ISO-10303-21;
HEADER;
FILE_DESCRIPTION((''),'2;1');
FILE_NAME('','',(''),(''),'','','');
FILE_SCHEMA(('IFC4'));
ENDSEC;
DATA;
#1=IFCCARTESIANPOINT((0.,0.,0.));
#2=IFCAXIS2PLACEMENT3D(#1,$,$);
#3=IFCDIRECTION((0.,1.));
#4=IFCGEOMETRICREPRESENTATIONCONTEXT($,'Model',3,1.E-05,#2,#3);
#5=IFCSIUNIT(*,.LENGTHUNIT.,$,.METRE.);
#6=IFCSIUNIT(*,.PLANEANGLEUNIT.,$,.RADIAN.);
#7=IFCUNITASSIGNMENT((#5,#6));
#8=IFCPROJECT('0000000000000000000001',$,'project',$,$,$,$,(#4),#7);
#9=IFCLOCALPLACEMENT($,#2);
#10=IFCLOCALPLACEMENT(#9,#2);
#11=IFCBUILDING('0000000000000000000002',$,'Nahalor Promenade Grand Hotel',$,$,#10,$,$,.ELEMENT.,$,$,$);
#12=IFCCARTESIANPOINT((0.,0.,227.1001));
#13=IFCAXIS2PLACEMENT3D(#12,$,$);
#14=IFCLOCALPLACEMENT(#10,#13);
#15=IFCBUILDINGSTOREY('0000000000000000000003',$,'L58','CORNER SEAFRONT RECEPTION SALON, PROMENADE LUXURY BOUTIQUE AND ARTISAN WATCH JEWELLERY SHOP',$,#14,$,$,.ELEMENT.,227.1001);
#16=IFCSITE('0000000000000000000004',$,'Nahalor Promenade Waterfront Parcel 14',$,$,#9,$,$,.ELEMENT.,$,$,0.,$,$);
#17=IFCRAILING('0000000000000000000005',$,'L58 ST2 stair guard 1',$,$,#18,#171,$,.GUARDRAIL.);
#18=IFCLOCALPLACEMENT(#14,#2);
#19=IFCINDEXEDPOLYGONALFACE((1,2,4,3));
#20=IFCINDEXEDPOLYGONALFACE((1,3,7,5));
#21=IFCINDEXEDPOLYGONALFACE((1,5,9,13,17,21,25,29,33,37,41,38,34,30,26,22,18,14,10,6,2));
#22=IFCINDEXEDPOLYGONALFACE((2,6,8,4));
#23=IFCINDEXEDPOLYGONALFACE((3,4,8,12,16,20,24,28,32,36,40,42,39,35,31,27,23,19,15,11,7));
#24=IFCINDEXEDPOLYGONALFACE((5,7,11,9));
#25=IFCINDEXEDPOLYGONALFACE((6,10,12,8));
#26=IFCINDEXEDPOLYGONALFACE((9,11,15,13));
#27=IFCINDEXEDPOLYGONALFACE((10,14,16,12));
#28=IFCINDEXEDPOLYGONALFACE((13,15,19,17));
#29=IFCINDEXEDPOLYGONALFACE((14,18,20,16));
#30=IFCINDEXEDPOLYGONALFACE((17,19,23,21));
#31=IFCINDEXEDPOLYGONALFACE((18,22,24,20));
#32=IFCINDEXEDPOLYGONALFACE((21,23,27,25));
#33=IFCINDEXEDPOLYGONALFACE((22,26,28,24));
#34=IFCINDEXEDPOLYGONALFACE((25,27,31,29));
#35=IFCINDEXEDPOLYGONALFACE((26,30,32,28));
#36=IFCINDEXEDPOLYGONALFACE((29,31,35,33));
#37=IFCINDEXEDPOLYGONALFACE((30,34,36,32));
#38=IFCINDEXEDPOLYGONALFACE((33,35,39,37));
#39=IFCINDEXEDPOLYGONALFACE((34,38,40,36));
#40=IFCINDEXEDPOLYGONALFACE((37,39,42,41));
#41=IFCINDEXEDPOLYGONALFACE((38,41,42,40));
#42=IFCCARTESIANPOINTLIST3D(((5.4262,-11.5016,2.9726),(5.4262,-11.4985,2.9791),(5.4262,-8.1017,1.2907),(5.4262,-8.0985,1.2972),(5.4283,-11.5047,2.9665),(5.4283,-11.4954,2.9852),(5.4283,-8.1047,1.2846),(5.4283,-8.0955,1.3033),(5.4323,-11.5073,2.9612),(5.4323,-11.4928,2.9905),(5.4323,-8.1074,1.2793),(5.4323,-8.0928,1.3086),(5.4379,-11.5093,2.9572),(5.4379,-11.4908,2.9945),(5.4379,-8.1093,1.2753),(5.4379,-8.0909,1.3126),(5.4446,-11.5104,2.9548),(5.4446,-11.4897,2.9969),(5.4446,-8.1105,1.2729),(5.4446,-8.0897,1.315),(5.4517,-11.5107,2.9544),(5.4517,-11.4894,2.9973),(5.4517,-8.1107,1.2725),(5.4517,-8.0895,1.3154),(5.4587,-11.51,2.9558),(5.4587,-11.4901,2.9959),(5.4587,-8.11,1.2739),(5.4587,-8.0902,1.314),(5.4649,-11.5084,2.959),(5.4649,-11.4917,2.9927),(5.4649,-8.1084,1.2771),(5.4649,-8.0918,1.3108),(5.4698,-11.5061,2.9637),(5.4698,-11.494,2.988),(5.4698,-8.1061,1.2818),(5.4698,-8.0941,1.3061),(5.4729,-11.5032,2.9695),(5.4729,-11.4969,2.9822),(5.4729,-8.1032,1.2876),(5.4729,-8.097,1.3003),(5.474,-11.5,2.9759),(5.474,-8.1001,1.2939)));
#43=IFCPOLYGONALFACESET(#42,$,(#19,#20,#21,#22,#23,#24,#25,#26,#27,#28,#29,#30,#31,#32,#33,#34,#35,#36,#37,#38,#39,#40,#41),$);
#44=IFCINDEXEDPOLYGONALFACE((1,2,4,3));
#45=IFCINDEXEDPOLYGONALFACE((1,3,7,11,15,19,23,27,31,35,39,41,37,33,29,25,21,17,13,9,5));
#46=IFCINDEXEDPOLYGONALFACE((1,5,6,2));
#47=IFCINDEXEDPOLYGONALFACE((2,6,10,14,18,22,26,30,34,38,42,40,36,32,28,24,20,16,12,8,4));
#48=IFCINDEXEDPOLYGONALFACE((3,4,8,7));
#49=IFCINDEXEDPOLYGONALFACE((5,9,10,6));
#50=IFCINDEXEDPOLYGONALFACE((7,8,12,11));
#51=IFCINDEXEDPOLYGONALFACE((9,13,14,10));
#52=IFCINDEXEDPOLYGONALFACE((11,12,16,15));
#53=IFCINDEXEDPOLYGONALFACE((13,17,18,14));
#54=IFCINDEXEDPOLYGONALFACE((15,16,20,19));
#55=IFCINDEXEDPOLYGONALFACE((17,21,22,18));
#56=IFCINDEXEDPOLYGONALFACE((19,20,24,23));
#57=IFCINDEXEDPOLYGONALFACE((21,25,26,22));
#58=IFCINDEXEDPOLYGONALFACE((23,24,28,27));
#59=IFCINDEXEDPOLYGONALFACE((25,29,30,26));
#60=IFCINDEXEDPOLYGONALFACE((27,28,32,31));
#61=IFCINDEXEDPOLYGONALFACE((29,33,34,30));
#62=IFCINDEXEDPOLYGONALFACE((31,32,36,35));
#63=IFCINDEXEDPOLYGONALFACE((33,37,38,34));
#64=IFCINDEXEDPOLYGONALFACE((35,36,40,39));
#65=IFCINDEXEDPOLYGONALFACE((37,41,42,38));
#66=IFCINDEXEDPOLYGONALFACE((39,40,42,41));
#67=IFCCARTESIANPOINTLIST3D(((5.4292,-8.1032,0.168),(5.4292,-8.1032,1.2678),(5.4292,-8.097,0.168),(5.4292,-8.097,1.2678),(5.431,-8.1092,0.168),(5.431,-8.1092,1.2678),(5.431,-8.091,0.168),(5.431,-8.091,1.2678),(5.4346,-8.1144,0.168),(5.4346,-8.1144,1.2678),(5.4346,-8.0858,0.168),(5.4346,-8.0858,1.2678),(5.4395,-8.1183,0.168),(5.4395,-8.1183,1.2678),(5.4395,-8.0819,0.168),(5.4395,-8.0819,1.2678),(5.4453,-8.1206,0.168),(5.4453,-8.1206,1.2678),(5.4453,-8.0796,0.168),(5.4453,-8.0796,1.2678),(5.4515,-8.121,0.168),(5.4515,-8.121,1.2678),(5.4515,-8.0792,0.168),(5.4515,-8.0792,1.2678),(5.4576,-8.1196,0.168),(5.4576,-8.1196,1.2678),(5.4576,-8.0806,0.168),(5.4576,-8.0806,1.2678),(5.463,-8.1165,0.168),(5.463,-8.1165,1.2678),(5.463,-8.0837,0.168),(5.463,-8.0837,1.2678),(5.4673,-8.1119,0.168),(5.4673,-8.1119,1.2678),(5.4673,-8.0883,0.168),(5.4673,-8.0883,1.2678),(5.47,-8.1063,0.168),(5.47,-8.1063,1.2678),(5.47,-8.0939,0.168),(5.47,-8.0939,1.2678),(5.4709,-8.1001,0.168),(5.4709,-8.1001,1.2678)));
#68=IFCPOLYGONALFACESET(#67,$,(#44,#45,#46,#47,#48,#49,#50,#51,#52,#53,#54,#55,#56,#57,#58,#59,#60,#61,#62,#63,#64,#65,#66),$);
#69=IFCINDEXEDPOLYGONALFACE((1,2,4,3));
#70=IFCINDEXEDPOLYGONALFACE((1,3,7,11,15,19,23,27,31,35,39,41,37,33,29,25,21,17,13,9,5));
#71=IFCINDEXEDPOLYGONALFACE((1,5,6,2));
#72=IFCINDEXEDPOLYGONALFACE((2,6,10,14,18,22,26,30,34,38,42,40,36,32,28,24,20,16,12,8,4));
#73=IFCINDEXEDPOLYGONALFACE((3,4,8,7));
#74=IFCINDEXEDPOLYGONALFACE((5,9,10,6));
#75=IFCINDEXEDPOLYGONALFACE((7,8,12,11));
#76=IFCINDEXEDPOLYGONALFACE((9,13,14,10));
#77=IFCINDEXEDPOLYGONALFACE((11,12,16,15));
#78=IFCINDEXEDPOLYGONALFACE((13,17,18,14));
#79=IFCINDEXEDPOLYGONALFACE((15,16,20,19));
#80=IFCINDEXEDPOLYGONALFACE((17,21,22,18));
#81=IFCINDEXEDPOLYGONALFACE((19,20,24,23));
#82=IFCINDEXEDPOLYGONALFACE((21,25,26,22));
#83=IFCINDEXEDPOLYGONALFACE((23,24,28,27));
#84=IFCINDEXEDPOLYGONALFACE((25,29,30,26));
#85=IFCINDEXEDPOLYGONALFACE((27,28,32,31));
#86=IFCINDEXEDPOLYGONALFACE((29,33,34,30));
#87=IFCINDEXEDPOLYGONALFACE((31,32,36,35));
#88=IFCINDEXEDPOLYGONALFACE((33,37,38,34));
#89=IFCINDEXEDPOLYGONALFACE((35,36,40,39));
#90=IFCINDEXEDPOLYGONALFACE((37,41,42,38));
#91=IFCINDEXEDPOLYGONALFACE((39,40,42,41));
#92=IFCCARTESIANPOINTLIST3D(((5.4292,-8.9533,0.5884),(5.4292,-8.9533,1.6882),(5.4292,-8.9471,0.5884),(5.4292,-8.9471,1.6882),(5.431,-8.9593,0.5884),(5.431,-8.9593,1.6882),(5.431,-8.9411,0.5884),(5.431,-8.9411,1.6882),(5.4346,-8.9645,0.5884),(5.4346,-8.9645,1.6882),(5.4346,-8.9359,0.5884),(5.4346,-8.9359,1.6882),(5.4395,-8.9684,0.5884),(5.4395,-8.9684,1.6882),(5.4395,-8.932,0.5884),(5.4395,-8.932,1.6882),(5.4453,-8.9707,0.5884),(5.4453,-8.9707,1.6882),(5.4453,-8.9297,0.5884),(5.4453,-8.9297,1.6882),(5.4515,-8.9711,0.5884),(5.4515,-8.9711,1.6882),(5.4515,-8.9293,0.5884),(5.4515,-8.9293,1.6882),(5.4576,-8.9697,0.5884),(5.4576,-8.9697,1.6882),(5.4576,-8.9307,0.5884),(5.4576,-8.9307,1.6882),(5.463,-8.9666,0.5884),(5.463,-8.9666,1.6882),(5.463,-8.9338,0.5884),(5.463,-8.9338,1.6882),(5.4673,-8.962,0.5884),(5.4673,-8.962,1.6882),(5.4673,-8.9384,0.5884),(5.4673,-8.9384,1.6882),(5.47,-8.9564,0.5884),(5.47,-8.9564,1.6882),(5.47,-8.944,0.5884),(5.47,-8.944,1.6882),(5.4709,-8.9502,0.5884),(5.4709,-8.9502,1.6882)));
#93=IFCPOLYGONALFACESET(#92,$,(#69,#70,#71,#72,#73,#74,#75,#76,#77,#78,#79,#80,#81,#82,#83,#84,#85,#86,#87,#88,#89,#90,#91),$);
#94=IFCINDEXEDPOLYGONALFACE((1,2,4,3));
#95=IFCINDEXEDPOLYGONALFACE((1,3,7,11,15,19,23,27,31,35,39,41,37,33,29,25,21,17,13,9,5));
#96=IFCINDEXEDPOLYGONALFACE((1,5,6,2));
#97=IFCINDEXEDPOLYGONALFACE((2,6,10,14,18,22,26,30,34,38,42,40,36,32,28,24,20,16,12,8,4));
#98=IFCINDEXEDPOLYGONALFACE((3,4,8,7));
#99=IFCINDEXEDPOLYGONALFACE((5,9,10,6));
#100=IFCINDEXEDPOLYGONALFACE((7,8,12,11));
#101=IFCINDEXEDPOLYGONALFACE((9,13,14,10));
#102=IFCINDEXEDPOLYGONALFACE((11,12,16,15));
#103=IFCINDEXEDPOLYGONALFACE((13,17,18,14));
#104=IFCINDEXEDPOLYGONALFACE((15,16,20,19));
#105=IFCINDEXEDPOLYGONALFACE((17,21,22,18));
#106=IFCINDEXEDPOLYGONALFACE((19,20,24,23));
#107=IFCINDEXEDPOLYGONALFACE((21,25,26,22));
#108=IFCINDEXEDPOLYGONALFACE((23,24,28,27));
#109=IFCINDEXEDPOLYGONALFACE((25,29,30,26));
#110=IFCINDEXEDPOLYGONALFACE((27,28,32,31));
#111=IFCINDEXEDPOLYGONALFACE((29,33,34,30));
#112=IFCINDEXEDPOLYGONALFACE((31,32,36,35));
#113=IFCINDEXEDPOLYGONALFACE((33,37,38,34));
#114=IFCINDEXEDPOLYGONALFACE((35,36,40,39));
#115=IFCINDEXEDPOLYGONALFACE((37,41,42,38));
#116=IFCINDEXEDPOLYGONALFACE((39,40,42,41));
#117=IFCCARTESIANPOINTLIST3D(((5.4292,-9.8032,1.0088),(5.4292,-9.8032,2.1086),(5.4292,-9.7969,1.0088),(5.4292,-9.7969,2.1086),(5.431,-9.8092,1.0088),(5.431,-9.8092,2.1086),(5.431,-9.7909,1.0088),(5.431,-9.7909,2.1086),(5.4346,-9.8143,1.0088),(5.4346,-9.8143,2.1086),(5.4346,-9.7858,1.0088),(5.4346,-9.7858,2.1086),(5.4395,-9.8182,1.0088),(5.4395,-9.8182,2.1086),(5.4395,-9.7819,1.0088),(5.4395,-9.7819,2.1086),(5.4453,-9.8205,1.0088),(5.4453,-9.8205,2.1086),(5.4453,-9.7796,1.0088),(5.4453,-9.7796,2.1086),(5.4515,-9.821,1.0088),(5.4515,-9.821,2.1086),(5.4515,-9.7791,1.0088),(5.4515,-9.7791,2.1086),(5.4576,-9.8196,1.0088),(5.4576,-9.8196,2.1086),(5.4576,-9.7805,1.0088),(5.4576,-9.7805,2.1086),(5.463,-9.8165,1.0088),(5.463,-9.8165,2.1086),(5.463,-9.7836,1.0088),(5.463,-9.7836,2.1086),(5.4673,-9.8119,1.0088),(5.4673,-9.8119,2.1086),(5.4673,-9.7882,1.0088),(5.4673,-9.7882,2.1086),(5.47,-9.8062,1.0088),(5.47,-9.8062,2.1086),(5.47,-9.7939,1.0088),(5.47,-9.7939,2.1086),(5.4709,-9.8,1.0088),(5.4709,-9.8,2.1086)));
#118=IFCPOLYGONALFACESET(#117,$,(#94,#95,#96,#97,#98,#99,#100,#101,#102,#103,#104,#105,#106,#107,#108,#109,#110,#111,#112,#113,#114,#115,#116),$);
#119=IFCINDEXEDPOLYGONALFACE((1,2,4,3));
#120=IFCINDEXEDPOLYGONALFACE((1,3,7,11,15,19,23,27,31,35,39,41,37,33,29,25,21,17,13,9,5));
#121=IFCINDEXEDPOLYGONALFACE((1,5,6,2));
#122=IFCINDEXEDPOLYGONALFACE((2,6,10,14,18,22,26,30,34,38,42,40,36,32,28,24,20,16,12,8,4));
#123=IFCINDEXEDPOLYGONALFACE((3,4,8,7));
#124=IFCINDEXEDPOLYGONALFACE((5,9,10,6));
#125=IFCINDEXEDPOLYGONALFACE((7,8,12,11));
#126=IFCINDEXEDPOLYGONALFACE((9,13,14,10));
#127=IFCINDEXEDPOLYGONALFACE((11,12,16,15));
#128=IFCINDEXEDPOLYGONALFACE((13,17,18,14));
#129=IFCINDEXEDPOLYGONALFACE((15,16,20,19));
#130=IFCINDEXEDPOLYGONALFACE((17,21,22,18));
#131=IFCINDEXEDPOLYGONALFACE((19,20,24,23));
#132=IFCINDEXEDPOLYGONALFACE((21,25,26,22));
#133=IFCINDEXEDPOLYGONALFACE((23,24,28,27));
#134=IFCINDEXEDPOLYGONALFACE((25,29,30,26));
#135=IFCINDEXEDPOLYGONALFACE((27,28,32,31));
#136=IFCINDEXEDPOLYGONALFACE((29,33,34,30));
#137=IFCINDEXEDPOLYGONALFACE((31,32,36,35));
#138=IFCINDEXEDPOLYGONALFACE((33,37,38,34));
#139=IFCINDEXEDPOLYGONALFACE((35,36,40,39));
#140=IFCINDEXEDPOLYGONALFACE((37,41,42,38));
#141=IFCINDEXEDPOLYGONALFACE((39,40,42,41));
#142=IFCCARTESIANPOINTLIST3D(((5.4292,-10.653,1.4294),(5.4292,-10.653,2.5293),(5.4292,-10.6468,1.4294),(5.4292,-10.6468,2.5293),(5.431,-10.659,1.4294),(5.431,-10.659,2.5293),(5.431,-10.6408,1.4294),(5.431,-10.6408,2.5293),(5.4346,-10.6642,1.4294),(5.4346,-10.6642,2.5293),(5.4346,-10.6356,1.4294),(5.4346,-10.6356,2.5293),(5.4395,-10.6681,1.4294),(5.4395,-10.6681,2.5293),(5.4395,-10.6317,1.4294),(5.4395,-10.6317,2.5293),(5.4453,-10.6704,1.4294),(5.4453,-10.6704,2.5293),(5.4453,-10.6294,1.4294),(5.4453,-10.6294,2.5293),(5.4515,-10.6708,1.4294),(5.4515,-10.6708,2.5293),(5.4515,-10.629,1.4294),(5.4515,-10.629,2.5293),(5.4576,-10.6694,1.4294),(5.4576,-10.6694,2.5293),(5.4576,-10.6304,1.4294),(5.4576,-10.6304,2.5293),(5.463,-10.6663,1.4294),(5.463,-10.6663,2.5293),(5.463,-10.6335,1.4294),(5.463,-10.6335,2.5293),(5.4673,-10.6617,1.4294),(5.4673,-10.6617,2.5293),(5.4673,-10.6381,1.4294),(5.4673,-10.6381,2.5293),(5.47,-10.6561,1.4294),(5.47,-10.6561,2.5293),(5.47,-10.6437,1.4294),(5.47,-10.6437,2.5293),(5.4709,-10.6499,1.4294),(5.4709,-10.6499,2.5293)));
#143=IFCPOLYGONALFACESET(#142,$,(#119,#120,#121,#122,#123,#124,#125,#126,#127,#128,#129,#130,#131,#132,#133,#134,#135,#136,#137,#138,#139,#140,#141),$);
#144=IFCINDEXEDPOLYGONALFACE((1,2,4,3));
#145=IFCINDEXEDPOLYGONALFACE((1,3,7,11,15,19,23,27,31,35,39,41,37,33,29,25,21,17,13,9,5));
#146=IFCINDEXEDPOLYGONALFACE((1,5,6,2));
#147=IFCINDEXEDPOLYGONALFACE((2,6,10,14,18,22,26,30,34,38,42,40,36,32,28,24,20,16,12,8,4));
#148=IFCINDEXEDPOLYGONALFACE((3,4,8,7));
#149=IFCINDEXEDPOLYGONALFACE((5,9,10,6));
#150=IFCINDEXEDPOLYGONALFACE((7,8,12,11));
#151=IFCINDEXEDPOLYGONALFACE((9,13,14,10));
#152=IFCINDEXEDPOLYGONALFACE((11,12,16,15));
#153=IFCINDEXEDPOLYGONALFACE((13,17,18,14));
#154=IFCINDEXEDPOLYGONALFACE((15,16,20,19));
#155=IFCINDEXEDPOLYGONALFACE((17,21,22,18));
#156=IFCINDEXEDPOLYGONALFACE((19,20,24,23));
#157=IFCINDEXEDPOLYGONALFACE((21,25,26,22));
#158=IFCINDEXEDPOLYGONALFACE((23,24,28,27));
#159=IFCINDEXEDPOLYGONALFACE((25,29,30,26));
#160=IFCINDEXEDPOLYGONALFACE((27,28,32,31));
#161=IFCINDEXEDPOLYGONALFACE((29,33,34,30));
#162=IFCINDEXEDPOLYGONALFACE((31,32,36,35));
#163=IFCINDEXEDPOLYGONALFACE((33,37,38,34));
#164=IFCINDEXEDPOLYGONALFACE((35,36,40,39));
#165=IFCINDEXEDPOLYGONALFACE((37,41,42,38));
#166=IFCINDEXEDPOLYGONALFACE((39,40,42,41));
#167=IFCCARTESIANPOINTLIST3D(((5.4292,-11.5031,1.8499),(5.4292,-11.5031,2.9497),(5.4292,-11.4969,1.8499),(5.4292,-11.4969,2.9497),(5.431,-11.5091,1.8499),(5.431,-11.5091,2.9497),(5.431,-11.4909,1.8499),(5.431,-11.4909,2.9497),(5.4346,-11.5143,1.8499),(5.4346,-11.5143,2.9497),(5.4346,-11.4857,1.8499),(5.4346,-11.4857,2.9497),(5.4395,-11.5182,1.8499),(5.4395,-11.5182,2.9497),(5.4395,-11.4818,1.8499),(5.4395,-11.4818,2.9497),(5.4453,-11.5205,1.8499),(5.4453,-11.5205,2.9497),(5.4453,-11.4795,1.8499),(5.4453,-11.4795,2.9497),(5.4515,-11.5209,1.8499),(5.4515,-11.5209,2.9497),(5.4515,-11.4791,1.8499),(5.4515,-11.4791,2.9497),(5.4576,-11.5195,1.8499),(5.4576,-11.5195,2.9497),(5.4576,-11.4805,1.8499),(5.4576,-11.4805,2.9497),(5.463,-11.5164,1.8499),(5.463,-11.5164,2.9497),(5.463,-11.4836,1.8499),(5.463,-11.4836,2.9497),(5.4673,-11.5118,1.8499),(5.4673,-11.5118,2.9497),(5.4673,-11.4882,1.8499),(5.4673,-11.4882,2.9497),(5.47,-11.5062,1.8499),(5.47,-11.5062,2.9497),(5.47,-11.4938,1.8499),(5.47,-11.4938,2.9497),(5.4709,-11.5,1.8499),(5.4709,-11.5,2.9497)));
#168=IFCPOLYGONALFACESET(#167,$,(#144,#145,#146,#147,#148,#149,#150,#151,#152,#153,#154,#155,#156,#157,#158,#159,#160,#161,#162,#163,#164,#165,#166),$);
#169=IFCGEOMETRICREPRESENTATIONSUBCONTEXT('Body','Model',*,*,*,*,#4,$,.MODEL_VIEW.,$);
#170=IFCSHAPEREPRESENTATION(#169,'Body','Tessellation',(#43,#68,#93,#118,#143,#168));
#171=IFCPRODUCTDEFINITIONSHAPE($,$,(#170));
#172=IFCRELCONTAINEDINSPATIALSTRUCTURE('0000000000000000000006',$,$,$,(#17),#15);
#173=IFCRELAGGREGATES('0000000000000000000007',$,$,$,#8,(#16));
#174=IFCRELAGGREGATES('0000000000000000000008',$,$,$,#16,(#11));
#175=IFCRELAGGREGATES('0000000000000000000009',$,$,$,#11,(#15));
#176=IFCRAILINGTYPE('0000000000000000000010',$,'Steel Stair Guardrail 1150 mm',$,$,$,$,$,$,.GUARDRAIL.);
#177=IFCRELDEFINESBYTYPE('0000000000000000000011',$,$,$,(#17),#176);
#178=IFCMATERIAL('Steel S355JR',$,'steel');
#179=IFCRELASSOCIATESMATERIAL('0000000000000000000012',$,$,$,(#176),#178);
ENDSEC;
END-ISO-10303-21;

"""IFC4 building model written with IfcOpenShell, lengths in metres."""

from ifc_helpers import new_model, si_unit, direction, frame, origin, origin_2d, place, context, subcontext, project, spatial, circle, extrude, material, type_object, element, save


model = new_model("IFC4")

# Units and contexts
model_context = context("Model", 3, precision=1e-05, world=origin(), true_north=direction((0.0, 1.0)))
body_context = subcontext(model_context, "Body", "Model", "MODEL_VIEW")
ifc_project = project(units=[si_unit("LENGTHUNIT", "METRE"), si_unit("PLANEANGLEUNIT", "RADIAN")], contexts=[model_context])

# Site, building, storey
site_placement = place(None, origin())
site = spatial("IfcSite", under=ifc_project, at=site_placement, Name="Nahalor Promenade Waterfront Parcel 14", CompositionType="ELEMENT", RefElevation=0.0)
building_placement = place(site_placement, origin())
building = spatial("IfcBuilding", under=site, at=building_placement, Name="Nahalor Promenade Grand Hotel", CompositionType="ELEMENT")
storey_placement = place(building_placement, frame((0.0, 0.0, 227.1001)))
storey = spatial("IfcBuildingStorey", under=building, at=storey_placement, Name="L58", Description="CORNER SEAFRONT RECEPTION SALON, PROMENADE LUXURY BOUTIQUE AND ARTISAN WATCH JEWELLERY SHOP", CompositionType="ELEMENT", Elevation=227.1001)

# Shared definitions
ifc_material_1 = material(Name="Steel S355JR", Category="steel")

# Railing
railing_type_1 = type_object("IfcRailingType", Name="Steel Stair Guardrail 1150 mm", PredefinedType="GUARDRAIL", material=ifc_material_1)
railing_1_placement = place(storey_placement, frame((5.45, -8.1001, 0.168)))
element("IfcRailing", 1, at=railing_1_placement, inside=storey, type_object=railing_type_1, Name="L58 ST2 stair guard 1", PredefinedType="GUARDRAIL", context=body_context, shape_type="SweptSolid", body=[
    extrude(circle(Radius=0.024, at=origin_2d()), frame((0.0, 0.0, 1.126), z_axis=(0.0, -0.896324, 0.443399), x_axis=(1.0, 0.0, 0.0)), (0.0, 0.0, 1.0), 3.7932),
    extrude(circle(Radius=0.021, at=origin_2d()), origin(), (0.0, 0.0, 1.0), 1.0999),
    extrude(circle(Radius=0.021, at=origin_2d()), frame((0.0, -0.8501, 0.4204)), (0.0, 0.0, 1.0), 1.0999),
    extrude(circle(Radius=0.021, at=origin_2d()), frame((0.0, -1.7, 0.8408)), (0.0, 0.0, 1.0), 1.0999),
    extrude(circle(Radius=0.021, at=origin_2d()), frame((0.0, -2.5498, 1.2615)), (0.0, 0.0, 1.0), 1.0999),
    extrude(circle(Radius=0.021, at=origin_2d()), frame((0.0, -3.3999, 1.6819)), (0.0, 0.0, 1.0), 1.0999),
])

save(model, "model.ifc")
